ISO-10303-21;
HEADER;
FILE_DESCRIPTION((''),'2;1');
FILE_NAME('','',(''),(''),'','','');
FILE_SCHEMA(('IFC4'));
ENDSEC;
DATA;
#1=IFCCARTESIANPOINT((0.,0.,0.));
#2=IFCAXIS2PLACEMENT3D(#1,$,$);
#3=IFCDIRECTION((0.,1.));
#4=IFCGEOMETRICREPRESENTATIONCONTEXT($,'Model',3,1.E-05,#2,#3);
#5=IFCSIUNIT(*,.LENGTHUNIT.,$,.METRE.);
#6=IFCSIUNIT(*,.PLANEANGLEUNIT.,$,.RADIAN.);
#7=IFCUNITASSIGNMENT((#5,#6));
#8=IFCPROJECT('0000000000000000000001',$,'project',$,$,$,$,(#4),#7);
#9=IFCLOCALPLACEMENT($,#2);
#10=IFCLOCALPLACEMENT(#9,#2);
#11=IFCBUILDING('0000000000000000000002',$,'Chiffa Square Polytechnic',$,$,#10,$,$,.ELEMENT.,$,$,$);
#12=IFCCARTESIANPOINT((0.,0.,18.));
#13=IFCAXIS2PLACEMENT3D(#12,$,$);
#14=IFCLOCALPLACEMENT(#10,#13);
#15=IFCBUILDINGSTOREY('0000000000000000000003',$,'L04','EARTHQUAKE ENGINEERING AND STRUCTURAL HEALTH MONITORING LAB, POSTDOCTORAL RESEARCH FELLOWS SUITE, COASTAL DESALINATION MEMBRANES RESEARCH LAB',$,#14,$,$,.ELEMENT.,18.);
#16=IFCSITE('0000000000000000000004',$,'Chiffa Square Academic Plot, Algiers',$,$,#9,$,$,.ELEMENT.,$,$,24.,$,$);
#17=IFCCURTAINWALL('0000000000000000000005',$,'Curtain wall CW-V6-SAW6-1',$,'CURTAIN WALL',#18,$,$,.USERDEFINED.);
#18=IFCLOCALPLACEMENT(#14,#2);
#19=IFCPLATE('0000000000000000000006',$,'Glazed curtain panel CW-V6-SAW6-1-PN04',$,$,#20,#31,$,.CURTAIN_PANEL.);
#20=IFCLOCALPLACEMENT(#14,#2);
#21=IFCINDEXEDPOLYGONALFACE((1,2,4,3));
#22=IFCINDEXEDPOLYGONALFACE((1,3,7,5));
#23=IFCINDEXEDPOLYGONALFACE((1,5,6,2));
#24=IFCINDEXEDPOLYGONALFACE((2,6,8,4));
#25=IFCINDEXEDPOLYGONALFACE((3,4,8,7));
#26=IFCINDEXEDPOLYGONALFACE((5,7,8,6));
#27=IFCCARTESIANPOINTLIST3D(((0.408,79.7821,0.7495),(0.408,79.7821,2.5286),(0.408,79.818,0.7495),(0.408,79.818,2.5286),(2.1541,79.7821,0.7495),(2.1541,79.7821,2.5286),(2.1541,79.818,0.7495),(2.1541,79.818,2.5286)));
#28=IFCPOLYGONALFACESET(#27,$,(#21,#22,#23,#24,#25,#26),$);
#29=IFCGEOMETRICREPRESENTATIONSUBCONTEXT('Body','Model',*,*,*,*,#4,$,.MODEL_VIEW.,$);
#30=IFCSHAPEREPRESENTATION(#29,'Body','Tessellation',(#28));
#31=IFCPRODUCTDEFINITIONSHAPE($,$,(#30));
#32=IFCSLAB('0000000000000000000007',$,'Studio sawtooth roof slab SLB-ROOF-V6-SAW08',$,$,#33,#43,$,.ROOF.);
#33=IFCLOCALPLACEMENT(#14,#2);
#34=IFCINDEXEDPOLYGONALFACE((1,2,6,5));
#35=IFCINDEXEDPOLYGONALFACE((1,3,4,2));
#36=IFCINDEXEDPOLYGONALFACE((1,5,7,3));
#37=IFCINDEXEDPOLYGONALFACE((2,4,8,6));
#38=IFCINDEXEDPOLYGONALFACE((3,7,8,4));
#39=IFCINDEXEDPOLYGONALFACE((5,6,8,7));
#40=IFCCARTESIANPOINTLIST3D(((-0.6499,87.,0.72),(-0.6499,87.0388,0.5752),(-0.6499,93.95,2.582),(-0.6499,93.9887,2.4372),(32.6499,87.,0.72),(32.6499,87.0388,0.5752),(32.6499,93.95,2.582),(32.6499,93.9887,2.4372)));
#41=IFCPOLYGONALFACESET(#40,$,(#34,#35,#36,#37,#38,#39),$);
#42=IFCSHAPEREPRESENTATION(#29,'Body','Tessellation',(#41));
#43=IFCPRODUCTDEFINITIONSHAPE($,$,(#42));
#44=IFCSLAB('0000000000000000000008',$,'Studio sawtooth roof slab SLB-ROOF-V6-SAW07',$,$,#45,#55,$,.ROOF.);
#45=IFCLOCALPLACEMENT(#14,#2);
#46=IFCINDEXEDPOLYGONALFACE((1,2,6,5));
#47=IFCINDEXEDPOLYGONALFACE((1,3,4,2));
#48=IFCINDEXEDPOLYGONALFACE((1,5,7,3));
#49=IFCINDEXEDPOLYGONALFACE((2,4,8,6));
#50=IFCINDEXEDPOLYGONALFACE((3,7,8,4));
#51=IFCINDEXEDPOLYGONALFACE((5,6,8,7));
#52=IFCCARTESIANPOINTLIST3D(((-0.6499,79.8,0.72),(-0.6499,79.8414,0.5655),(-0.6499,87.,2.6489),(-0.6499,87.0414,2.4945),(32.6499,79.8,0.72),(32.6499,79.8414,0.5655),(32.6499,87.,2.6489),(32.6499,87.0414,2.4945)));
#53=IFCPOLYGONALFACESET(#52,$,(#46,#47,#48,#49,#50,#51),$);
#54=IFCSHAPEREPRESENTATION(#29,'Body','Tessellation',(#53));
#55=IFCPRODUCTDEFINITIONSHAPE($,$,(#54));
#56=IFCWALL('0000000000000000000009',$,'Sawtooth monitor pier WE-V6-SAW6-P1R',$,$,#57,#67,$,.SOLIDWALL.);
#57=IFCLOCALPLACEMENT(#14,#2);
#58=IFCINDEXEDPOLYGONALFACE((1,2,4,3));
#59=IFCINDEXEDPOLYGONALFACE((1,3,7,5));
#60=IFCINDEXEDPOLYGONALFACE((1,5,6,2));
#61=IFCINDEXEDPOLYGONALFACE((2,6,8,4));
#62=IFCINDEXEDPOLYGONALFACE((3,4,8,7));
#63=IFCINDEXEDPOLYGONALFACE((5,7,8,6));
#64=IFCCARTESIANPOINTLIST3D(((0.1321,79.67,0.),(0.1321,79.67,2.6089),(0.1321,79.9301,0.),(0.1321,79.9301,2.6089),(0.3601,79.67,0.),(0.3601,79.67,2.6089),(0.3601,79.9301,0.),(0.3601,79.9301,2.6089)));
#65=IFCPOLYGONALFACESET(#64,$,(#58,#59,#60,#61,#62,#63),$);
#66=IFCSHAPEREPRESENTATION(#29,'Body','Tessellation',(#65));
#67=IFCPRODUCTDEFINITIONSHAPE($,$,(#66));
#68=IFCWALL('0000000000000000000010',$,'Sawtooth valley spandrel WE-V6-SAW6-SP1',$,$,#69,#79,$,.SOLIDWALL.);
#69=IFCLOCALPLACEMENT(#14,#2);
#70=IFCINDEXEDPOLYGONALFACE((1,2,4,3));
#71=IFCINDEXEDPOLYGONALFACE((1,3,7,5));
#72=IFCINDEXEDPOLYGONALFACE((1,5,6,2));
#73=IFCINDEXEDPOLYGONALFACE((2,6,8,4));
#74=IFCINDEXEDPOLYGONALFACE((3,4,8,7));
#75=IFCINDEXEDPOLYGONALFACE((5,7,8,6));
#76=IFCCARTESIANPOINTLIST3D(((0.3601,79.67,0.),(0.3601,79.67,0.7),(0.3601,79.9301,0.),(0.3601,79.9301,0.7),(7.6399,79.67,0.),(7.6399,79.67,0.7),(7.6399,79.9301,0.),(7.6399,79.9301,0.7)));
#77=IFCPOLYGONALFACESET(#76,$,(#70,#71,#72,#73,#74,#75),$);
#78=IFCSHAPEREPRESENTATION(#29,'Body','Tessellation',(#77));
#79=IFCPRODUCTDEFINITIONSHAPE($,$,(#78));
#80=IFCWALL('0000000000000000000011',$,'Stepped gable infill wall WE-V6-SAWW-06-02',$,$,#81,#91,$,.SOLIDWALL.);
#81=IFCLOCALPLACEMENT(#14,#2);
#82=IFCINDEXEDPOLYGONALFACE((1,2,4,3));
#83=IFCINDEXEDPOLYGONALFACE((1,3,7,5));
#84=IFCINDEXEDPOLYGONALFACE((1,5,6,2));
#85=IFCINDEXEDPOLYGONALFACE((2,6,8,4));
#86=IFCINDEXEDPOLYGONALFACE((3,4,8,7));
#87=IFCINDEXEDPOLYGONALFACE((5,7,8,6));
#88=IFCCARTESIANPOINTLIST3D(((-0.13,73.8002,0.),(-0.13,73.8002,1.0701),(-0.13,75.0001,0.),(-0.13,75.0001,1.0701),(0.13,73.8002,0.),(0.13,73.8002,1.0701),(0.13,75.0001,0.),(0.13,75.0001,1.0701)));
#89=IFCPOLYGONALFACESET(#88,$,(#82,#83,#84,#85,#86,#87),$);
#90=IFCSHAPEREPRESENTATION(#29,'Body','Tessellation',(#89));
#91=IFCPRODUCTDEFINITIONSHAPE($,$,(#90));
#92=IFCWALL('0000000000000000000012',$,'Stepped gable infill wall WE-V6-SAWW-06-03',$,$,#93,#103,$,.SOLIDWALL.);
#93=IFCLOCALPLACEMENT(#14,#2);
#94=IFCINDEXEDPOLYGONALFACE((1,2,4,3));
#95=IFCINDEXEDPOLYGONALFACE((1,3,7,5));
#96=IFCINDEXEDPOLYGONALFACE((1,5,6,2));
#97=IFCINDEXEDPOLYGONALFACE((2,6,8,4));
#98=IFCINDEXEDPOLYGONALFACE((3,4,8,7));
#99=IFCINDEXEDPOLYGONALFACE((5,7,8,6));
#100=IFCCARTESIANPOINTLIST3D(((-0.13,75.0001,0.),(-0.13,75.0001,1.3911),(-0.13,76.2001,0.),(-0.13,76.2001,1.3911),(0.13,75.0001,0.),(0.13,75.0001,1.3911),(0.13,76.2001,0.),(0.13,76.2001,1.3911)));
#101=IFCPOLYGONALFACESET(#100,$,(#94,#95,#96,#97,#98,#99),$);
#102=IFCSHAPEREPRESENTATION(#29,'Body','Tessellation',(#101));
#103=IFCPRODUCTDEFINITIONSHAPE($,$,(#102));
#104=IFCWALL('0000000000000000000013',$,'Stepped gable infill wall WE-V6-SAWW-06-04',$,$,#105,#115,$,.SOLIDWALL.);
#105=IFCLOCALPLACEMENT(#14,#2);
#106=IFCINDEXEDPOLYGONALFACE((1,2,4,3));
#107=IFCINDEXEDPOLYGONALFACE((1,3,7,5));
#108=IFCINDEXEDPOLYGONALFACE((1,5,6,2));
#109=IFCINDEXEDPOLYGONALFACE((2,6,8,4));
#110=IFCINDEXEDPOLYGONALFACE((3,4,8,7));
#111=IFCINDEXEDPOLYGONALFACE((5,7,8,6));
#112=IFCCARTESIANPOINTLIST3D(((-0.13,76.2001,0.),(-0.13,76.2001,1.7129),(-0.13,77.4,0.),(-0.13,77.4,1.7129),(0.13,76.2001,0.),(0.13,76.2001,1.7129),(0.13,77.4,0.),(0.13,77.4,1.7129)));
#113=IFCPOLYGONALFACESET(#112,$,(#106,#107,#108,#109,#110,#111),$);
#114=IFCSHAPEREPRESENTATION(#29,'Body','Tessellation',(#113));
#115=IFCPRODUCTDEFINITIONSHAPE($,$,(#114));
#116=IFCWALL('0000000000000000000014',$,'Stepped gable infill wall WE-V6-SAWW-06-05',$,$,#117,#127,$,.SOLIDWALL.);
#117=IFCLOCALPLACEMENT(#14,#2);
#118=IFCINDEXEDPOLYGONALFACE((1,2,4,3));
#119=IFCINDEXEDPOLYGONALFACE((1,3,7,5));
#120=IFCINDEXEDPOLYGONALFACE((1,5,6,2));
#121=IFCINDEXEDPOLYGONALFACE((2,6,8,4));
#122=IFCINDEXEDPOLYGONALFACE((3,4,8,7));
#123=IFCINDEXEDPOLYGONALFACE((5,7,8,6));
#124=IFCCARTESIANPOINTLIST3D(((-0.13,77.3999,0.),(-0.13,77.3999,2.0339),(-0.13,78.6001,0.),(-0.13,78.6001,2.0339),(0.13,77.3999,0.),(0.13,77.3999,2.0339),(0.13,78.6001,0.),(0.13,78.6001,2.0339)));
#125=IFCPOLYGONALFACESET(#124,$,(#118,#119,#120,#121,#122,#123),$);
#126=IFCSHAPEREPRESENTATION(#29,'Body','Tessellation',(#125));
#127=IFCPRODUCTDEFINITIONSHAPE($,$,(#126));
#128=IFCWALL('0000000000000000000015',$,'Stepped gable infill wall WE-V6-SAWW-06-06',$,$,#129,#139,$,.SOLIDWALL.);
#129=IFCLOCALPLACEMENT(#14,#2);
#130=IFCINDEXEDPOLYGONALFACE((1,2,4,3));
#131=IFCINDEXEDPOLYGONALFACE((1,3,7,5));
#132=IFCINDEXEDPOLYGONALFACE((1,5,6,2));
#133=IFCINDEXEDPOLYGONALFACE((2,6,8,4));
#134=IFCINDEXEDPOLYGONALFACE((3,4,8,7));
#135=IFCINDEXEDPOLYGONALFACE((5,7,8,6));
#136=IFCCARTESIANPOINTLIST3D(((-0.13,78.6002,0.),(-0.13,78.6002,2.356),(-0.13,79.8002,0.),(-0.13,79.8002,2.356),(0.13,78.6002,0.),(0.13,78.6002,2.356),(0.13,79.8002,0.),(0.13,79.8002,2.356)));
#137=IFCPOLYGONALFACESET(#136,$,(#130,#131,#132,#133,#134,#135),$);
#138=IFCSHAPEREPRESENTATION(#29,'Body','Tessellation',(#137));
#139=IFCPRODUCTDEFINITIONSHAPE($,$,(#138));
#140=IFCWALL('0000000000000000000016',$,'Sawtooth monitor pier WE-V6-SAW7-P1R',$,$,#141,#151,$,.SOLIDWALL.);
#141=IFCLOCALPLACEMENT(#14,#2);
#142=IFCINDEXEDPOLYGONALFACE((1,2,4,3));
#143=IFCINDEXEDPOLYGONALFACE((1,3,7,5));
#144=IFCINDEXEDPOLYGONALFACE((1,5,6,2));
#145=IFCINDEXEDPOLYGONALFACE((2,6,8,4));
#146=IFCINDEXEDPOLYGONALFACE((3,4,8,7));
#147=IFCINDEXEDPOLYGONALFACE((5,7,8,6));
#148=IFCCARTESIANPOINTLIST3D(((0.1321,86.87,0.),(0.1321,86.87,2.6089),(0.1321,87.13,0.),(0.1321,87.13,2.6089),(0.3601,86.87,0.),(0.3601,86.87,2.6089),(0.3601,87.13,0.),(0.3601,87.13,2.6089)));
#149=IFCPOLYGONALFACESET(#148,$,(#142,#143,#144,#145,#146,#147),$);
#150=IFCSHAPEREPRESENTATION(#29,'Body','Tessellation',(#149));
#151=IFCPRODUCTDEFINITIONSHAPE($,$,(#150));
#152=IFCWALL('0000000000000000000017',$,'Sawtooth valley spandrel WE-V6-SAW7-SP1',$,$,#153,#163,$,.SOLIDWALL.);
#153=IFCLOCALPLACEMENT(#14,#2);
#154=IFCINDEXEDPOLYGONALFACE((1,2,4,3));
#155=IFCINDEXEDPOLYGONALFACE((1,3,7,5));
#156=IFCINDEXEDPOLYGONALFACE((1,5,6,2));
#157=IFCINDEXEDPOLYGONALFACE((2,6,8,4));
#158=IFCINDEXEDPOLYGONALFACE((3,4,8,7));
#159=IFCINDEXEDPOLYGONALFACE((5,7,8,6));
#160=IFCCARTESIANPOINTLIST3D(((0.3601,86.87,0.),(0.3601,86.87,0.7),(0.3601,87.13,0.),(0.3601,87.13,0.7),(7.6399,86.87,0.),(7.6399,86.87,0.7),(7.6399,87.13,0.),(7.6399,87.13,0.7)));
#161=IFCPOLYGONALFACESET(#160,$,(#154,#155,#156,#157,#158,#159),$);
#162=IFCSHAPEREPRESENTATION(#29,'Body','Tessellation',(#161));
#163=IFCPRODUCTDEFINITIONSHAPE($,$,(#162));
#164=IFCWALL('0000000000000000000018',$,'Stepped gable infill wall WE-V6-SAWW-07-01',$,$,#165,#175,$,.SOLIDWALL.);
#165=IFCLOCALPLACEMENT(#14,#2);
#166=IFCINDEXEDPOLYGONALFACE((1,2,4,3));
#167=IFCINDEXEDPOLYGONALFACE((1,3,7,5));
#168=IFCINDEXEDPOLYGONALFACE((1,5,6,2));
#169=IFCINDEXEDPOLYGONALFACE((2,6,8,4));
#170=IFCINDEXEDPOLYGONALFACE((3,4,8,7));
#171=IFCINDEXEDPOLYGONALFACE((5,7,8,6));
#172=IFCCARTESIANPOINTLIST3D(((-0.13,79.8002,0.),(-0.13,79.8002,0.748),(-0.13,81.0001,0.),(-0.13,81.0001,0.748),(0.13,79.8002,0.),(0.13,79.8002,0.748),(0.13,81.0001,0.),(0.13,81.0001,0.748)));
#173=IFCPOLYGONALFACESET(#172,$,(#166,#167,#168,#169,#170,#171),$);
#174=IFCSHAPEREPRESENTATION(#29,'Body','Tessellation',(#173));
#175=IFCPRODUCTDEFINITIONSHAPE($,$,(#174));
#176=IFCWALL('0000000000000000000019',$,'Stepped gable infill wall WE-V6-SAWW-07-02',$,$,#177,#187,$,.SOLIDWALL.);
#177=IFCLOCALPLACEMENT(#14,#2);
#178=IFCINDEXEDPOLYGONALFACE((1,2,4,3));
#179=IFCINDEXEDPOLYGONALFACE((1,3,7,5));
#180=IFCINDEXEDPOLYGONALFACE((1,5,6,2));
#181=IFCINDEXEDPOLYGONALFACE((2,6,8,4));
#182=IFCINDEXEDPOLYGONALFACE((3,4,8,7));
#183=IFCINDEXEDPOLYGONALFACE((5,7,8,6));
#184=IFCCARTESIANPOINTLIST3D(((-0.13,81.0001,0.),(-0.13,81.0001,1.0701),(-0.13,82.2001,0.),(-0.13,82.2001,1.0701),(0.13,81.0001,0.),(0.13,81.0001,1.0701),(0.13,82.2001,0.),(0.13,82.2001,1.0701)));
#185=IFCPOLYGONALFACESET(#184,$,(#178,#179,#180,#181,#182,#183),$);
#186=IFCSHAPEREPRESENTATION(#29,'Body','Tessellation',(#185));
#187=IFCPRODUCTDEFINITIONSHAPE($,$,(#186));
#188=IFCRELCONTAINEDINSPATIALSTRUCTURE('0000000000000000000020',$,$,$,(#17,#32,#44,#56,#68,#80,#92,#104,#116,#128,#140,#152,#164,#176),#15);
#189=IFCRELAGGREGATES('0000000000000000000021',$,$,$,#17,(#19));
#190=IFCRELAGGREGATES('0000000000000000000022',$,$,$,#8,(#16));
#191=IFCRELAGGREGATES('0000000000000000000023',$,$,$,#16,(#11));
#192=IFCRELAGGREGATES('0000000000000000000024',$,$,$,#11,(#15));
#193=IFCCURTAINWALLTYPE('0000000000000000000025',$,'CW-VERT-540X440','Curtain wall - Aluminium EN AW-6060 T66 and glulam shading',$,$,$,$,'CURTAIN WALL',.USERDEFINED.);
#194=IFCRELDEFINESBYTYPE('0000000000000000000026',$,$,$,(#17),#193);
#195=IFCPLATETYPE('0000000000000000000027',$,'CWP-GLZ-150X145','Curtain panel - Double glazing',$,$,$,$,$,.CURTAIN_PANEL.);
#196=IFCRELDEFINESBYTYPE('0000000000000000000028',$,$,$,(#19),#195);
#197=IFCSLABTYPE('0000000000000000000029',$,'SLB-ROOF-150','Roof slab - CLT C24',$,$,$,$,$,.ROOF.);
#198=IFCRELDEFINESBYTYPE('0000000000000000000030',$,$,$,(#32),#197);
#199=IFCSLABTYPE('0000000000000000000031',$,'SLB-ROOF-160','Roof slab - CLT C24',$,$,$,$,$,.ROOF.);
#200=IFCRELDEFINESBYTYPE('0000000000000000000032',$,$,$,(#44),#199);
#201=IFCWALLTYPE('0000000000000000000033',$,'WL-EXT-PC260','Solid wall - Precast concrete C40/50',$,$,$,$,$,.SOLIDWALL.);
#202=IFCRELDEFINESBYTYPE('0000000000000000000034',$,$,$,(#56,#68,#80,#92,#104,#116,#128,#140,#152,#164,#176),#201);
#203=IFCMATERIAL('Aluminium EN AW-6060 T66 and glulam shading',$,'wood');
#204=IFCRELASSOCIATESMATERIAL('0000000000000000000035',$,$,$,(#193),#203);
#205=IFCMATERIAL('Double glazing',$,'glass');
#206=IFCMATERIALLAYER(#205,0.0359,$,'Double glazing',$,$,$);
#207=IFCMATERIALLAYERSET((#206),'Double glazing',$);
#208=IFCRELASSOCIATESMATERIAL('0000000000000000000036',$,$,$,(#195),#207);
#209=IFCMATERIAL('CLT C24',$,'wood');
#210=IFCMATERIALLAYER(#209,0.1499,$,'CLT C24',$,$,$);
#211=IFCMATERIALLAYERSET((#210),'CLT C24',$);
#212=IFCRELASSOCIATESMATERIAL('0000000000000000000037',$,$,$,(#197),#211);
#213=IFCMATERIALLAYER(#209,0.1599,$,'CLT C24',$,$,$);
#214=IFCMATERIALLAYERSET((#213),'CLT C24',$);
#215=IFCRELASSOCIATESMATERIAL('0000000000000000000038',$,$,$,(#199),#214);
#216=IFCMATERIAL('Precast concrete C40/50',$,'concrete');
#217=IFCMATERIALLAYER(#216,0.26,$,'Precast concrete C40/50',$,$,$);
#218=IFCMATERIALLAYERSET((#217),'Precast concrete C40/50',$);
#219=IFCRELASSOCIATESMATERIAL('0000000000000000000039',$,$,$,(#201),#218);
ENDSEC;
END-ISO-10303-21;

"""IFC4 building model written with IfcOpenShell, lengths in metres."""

from ifc_helpers import new_model, si_unit, direction, frame, frame_2d, origin, origin_2d, place, context, subcontext, project, spatial, polyline, rectangle, outline, extrude, material, layer, layer_set, type_object, element, aggregate, save


model = new_model("IFC4")

# Units and contexts
model_context = context("Model", 3, precision=1e-05, world=origin(), true_north=direction((0.0, 1.0)))
body_context = subcontext(model_context, "Body", "Model", "MODEL_VIEW")
ifc_project = project(units=[si_unit("LENGTHUNIT", "METRE"), si_unit("PLANEANGLEUNIT", "RADIAN")], contexts=[model_context])

# Site, building, storey
site_placement = place(None, origin())
site = spatial("IfcSite", under=ifc_project, at=site_placement, Name="Chiffa Square Academic Plot, Algiers", CompositionType="ELEMENT", RefElevation=24.0)
building_placement = place(site_placement, origin())
building = spatial("IfcBuilding", under=site, at=building_placement, Name="Chiffa Square Polytechnic", CompositionType="ELEMENT")
storey_placement = place(building_placement, frame((0.0, 0.0, 18.0)))
storey = spatial("IfcBuildingStorey", under=building, at=storey_placement, Name="L04", Description="EARTHQUAKE ENGINEERING AND STRUCTURAL HEALTH MONITORING LAB, POSTDOCTORAL RESEARCH FELLOWS SUITE, COASTAL DESALINATION MEMBRANES RESEARCH LAB", CompositionType="ELEMENT", Elevation=18.0)

# Curtain wall
ifc_material_1 = material(Name="Aluminium EN AW-6060 T66 and glulam shading", Category="wood")
curtain_wall_type = type_object("IfcCurtainWallType", Name="CW-VERT-540X440", Description="Curtain wall - Aluminium EN AW-6060 T66 and glulam shading", ElementType="CURTAIN WALL", PredefinedType="USERDEFINED", material=ifc_material_1)
curtain_wall_placement = place(storey_placement, origin())
curtain_wall = element("IfcCurtainWall", 1, at=curtain_wall_placement, inside=storey, type_object=curtain_wall_type, Name="Curtain wall CW-V6-SAW6-1", ObjectType="CURTAIN WALL", PredefinedType="USERDEFINED")

# Plate
ifc_material_2 = material(Name="Double glazing", Category="glass")
ifc_layer_1 = layer(ifc_material_2, 0.0359, Name="Double glazing")
ifc_layer_set_1 = layer_set([ifc_layer_1], Name="Double glazing")
plate_type = type_object("IfcPlateType", Name="CWP-GLZ-150X145", Description="Curtain panel - Double glazing", PredefinedType="CURTAIN_PANEL", material=ifc_layer_set_1)
plate_1_placement = place(storey_placement, frame((1.281, 79.8, 0.7495), z_axis=(0.0, 0.0, 1.0), x_axis=(-1.0, 0.0, 0.0)))
plate_1 = element("IfcPlate", 2, at=plate_1_placement, type_object=plate_type, Name="Glazed curtain panel CW-V6-SAW6-1-PN04", PredefinedType="CURTAIN_PANEL", context=body_context, shape_type="SweptSolid", body=[
    extrude(rectangle(XDim=1.7461, YDim=0.0359, at=origin_2d()), origin(), (0.0, 0.0, 1.0), 1.7791),
])
aggregate(curtain_wall, [plate_1])

# Slabs
ifc_material_3 = material(Name="CLT C24", Category="wood")
ifc_layer_2 = layer(ifc_material_3, 0.1499, Name="CLT C24")
ifc_layer_set_2 = layer_set([ifc_layer_2], Name="CLT C24")
slab_type_1 = type_object("IfcSlabType", Name="SLB-ROOF-150", Description="Roof slab - CLT C24", PredefinedType="ROOF", material=ifc_layer_set_2)
slab_1_placement = place(storey_placement, frame((-0.6499, 87.0, 0.72), z_axis=(0.0, -0.258797, 0.965932), x_axis=(1.0, 0.0, 0.0)))
element("IfcSlab", 3, at=slab_1_placement, inside=storey, type_object=slab_type_1, Name="Studio sawtooth roof slab SLB-ROOF-V6-SAW08", PredefinedType="ROOF", context=body_context, shape_type="SweptSolid", body=[
    extrude(outline(polyline([(0.0, 0.0), (33.2998, 0.0), (33.2998, 7.1951), (0.0, 7.1951), (0.0, 0.0)])), origin(), (0.0, 0.0, -1.0), 0.1499),
])
ifc_layer_3 = layer(ifc_material_3, 0.1599, Name="CLT C24")
ifc_layer_set_3 = layer_set([ifc_layer_3], Name="CLT C24")
slab_type_2 = type_object("IfcSlabType", Name="SLB-ROOF-160", Description="Roof slab - CLT C24", PredefinedType="ROOF", material=ifc_layer_set_3)
slab_2_placement = place(storey_placement, frame((-0.6499, 79.8, 0.72), z_axis=(0.0, -0.258786, 0.965935), x_axis=(1.0, 0.0, 0.0)))
element("IfcSlab", 4, at=slab_2_placement, inside=storey, type_object=slab_type_2, Name="Studio sawtooth roof slab SLB-ROOF-V6-SAW07", PredefinedType="ROOF", context=body_context, shape_type="SweptSolid", body=[
    extrude(outline(polyline([(0.0, 0.0), (33.2998, 0.0), (33.2998, 7.4539), (0.0, 7.4539), (0.0, 0.0)])), origin(), (0.0, 0.0, -1.0), 0.1599),
])

# Walls
ifc_material_4 = material(Name="Precast concrete C40/50", Category="concrete")
ifc_layer_4 = layer(ifc_material_4, 0.26, Name="Precast concrete C40/50")
ifc_layer_set_4 = layer_set([ifc_layer_4], Name="Precast concrete C40/50")
wall_type = type_object("IfcWallType", Name="WL-EXT-PC260", Description="Solid wall - Precast concrete C40/50", PredefinedType="SOLIDWALL", material=ifc_layer_set_4)
wall_1_placement = place(storey_placement, frame((0.3601, 79.8, 0.0), z_axis=(0.0, 0.0, 1.0), x_axis=(-1.0, 0.0, 0.0)))
element("IfcWall", 5, at=wall_1_placement, inside=storey, type_object=wall_type, Name="Sawtooth monitor pier WE-V6-SAW6-P1R", PredefinedType="SOLIDWALL", context=body_context, shape_type="SweptSolid", body=[
    extrude(rectangle(XDim=0.228, YDim=0.26, at=frame_2d((0.114, 0.0))), origin(), (0.0, 0.0, 1.0), 2.6089),
])
wall_2_placement = place(storey_placement, frame((0.3601, 79.8, 0.0), z_axis=(0.0, 0.0, 1.0), x_axis=(1.0, 0.0, 0.0)))
element("IfcWall", 6, at=wall_2_placement, inside=storey, type_object=wall_type, Name="Sawtooth valley spandrel WE-V6-SAW6-SP1", PredefinedType="SOLIDWALL", context=body_context, shape_type="SweptSolid", body=[
    extrude(rectangle(XDim=7.2798, YDim=0.26, at=frame_2d((3.6399, 0.0))), origin(), (0.0, 0.0, 1.0), 0.7),
])
wall_3_placement = place(storey_placement, frame((0.0, 73.8, 0.0), z_axis=(0.0, 0.0, 1.0), x_axis=(0.0, 1.0, 0.0)))
element("IfcWall", 7, at=wall_3_placement, inside=storey, type_object=wall_type, Name="Stepped gable infill wall WE-V6-SAWW-06-02", PredefinedType="SOLIDWALL", context=body_context, shape_type="SweptSolid", body=[
    extrude(rectangle(XDim=1.2, YDim=0.26, at=frame_2d((0.6001, 0.0))), origin(), (0.0, 0.0, 1.0), 1.0701),
])
wall_4_placement = place(storey_placement, frame((0.0, 75.0, 0.0), z_axis=(0.0, 0.0, 1.0), x_axis=(0.0, 1.0, 0.0)))
element("IfcWall", 8, at=wall_4_placement, inside=storey, type_object=wall_type, Name="Stepped gable infill wall WE-V6-SAWW-06-03", PredefinedType="SOLIDWALL", context=body_context, shape_type="SweptSolid", body=[
    extrude(rectangle(XDim=1.2, YDim=0.26, at=frame_2d((0.6001, 0.0))), origin(), (0.0, 0.0, 1.0), 1.3911),
])
wall_5_placement = place(storey_placement, frame((0.0, 76.2, 0.0), z_axis=(0.0, 0.0, 1.0), x_axis=(0.0, 1.0, 0.0)))
element("IfcWall", 9, at=wall_5_placement, inside=storey, type_object=wall_type, Name="Stepped gable infill wall WE-V6-SAWW-06-04", PredefinedType="SOLIDWALL", context=body_context, shape_type="SweptSolid", body=[
    extrude(rectangle(XDim=1.2, YDim=0.26, at=frame_2d((0.6001, 0.0))), origin(), (0.0, 0.0, 1.0), 1.7129),
])
wall_6_placement = place(storey_placement, frame((0.0, 77.3999, 0.0), z_axis=(0.0, 0.0, 1.0), x_axis=(0.0, 1.0, 0.0)))
element("IfcWall", 10, at=wall_6_placement, inside=storey, type_object=wall_type, Name="Stepped gable infill wall WE-V6-SAWW-06-05", PredefinedType="SOLIDWALL", context=body_context, shape_type="SweptSolid", body=[
    extrude(rectangle(XDim=1.2002, YDim=0.26, at=frame_2d((0.6001, 0.0))), origin(), (0.0, 0.0, 1.0), 2.0339),
])
wall_7_placement = place(storey_placement, frame((0.0, 78.6001, 0.0), z_axis=(0.0, 0.0, 1.0), x_axis=(0.0, 1.0, 0.0)))
element("IfcWall", 11, at=wall_7_placement, inside=storey, type_object=wall_type, Name="Stepped gable infill wall WE-V6-SAWW-06-06", PredefinedType="SOLIDWALL", context=body_context, shape_type="SweptSolid", body=[
    extrude(rectangle(XDim=1.2, YDim=0.26, at=frame_2d((0.6001, 0.0))), origin(), (0.0, 0.0, 1.0), 2.356),
])
wall_8_placement = place(storey_placement, frame((0.3601, 87.0, 0.0), z_axis=(0.0, 0.0, 1.0), x_axis=(-1.0, 0.0, 0.0)))
element("IfcWall", 12, at=wall_8_placement, inside=storey, type_object=wall_type, Name="Sawtooth monitor pier WE-V6-SAW7-P1R", PredefinedType="SOLIDWALL", context=body_context, shape_type="SweptSolid", body=[
    extrude(rectangle(XDim=0.228, YDim=0.26, at=frame_2d((0.114, 0.0))), origin(), (0.0, 0.0, 1.0), 2.6089),
])
wall_9_placement = place(storey_placement, frame((0.3601, 87.0, 0.0), z_axis=(0.0, 0.0, 1.0), x_axis=(1.0, 0.0, 0.0)))
element("IfcWall", 13, at=wall_9_placement, inside=storey, type_object=wall_type, Name="Sawtooth valley spandrel WE-V6-SAW7-SP1", PredefinedType="SOLIDWALL", context=body_context, shape_type="SweptSolid", body=[
    extrude(rectangle(XDim=7.2798, YDim=0.26, at=frame_2d((3.6399, 0.0))), origin(), (0.0, 0.0, 1.0), 0.7),
])
wall_10_placement = place(storey_placement, frame((0.0, 79.8, 0.0), z_axis=(0.0, 0.0, 1.0), x_axis=(0.0, 1.0, 0.0)))
element("IfcWall", 14, at=wall_10_placement, inside=storey, type_object=wall_type, Name="Stepped gable infill wall WE-V6-SAWW-07-01", PredefinedType="SOLIDWALL", context=body_context, shape_type="SweptSolid", body=[
    extrude(rectangle(XDim=1.2, YDim=0.26, at=frame_2d((0.6001, 0.0))), origin(), (0.0, 0.0, 1.0), 0.748),
])
wall_11_placement = place(storey_placement, frame((0.0, 81.0, 0.0), z_axis=(0.0, 0.0, 1.0), x_axis=(0.0, 1.0, 0.0)))
element("IfcWall", 15, at=wall_11_placement, inside=storey, type_object=wall_type, Name="Stepped gable infill wall WE-V6-SAWW-07-02", PredefinedType="SOLIDWALL", context=body_context, shape_type="SweptSolid", body=[
    extrude(rectangle(XDim=1.2, YDim=0.26, at=frame_2d((0.6001, 0.0))), origin(), (0.0, 0.0, 1.0), 1.0701),
])

save(model, "model.ifc")
